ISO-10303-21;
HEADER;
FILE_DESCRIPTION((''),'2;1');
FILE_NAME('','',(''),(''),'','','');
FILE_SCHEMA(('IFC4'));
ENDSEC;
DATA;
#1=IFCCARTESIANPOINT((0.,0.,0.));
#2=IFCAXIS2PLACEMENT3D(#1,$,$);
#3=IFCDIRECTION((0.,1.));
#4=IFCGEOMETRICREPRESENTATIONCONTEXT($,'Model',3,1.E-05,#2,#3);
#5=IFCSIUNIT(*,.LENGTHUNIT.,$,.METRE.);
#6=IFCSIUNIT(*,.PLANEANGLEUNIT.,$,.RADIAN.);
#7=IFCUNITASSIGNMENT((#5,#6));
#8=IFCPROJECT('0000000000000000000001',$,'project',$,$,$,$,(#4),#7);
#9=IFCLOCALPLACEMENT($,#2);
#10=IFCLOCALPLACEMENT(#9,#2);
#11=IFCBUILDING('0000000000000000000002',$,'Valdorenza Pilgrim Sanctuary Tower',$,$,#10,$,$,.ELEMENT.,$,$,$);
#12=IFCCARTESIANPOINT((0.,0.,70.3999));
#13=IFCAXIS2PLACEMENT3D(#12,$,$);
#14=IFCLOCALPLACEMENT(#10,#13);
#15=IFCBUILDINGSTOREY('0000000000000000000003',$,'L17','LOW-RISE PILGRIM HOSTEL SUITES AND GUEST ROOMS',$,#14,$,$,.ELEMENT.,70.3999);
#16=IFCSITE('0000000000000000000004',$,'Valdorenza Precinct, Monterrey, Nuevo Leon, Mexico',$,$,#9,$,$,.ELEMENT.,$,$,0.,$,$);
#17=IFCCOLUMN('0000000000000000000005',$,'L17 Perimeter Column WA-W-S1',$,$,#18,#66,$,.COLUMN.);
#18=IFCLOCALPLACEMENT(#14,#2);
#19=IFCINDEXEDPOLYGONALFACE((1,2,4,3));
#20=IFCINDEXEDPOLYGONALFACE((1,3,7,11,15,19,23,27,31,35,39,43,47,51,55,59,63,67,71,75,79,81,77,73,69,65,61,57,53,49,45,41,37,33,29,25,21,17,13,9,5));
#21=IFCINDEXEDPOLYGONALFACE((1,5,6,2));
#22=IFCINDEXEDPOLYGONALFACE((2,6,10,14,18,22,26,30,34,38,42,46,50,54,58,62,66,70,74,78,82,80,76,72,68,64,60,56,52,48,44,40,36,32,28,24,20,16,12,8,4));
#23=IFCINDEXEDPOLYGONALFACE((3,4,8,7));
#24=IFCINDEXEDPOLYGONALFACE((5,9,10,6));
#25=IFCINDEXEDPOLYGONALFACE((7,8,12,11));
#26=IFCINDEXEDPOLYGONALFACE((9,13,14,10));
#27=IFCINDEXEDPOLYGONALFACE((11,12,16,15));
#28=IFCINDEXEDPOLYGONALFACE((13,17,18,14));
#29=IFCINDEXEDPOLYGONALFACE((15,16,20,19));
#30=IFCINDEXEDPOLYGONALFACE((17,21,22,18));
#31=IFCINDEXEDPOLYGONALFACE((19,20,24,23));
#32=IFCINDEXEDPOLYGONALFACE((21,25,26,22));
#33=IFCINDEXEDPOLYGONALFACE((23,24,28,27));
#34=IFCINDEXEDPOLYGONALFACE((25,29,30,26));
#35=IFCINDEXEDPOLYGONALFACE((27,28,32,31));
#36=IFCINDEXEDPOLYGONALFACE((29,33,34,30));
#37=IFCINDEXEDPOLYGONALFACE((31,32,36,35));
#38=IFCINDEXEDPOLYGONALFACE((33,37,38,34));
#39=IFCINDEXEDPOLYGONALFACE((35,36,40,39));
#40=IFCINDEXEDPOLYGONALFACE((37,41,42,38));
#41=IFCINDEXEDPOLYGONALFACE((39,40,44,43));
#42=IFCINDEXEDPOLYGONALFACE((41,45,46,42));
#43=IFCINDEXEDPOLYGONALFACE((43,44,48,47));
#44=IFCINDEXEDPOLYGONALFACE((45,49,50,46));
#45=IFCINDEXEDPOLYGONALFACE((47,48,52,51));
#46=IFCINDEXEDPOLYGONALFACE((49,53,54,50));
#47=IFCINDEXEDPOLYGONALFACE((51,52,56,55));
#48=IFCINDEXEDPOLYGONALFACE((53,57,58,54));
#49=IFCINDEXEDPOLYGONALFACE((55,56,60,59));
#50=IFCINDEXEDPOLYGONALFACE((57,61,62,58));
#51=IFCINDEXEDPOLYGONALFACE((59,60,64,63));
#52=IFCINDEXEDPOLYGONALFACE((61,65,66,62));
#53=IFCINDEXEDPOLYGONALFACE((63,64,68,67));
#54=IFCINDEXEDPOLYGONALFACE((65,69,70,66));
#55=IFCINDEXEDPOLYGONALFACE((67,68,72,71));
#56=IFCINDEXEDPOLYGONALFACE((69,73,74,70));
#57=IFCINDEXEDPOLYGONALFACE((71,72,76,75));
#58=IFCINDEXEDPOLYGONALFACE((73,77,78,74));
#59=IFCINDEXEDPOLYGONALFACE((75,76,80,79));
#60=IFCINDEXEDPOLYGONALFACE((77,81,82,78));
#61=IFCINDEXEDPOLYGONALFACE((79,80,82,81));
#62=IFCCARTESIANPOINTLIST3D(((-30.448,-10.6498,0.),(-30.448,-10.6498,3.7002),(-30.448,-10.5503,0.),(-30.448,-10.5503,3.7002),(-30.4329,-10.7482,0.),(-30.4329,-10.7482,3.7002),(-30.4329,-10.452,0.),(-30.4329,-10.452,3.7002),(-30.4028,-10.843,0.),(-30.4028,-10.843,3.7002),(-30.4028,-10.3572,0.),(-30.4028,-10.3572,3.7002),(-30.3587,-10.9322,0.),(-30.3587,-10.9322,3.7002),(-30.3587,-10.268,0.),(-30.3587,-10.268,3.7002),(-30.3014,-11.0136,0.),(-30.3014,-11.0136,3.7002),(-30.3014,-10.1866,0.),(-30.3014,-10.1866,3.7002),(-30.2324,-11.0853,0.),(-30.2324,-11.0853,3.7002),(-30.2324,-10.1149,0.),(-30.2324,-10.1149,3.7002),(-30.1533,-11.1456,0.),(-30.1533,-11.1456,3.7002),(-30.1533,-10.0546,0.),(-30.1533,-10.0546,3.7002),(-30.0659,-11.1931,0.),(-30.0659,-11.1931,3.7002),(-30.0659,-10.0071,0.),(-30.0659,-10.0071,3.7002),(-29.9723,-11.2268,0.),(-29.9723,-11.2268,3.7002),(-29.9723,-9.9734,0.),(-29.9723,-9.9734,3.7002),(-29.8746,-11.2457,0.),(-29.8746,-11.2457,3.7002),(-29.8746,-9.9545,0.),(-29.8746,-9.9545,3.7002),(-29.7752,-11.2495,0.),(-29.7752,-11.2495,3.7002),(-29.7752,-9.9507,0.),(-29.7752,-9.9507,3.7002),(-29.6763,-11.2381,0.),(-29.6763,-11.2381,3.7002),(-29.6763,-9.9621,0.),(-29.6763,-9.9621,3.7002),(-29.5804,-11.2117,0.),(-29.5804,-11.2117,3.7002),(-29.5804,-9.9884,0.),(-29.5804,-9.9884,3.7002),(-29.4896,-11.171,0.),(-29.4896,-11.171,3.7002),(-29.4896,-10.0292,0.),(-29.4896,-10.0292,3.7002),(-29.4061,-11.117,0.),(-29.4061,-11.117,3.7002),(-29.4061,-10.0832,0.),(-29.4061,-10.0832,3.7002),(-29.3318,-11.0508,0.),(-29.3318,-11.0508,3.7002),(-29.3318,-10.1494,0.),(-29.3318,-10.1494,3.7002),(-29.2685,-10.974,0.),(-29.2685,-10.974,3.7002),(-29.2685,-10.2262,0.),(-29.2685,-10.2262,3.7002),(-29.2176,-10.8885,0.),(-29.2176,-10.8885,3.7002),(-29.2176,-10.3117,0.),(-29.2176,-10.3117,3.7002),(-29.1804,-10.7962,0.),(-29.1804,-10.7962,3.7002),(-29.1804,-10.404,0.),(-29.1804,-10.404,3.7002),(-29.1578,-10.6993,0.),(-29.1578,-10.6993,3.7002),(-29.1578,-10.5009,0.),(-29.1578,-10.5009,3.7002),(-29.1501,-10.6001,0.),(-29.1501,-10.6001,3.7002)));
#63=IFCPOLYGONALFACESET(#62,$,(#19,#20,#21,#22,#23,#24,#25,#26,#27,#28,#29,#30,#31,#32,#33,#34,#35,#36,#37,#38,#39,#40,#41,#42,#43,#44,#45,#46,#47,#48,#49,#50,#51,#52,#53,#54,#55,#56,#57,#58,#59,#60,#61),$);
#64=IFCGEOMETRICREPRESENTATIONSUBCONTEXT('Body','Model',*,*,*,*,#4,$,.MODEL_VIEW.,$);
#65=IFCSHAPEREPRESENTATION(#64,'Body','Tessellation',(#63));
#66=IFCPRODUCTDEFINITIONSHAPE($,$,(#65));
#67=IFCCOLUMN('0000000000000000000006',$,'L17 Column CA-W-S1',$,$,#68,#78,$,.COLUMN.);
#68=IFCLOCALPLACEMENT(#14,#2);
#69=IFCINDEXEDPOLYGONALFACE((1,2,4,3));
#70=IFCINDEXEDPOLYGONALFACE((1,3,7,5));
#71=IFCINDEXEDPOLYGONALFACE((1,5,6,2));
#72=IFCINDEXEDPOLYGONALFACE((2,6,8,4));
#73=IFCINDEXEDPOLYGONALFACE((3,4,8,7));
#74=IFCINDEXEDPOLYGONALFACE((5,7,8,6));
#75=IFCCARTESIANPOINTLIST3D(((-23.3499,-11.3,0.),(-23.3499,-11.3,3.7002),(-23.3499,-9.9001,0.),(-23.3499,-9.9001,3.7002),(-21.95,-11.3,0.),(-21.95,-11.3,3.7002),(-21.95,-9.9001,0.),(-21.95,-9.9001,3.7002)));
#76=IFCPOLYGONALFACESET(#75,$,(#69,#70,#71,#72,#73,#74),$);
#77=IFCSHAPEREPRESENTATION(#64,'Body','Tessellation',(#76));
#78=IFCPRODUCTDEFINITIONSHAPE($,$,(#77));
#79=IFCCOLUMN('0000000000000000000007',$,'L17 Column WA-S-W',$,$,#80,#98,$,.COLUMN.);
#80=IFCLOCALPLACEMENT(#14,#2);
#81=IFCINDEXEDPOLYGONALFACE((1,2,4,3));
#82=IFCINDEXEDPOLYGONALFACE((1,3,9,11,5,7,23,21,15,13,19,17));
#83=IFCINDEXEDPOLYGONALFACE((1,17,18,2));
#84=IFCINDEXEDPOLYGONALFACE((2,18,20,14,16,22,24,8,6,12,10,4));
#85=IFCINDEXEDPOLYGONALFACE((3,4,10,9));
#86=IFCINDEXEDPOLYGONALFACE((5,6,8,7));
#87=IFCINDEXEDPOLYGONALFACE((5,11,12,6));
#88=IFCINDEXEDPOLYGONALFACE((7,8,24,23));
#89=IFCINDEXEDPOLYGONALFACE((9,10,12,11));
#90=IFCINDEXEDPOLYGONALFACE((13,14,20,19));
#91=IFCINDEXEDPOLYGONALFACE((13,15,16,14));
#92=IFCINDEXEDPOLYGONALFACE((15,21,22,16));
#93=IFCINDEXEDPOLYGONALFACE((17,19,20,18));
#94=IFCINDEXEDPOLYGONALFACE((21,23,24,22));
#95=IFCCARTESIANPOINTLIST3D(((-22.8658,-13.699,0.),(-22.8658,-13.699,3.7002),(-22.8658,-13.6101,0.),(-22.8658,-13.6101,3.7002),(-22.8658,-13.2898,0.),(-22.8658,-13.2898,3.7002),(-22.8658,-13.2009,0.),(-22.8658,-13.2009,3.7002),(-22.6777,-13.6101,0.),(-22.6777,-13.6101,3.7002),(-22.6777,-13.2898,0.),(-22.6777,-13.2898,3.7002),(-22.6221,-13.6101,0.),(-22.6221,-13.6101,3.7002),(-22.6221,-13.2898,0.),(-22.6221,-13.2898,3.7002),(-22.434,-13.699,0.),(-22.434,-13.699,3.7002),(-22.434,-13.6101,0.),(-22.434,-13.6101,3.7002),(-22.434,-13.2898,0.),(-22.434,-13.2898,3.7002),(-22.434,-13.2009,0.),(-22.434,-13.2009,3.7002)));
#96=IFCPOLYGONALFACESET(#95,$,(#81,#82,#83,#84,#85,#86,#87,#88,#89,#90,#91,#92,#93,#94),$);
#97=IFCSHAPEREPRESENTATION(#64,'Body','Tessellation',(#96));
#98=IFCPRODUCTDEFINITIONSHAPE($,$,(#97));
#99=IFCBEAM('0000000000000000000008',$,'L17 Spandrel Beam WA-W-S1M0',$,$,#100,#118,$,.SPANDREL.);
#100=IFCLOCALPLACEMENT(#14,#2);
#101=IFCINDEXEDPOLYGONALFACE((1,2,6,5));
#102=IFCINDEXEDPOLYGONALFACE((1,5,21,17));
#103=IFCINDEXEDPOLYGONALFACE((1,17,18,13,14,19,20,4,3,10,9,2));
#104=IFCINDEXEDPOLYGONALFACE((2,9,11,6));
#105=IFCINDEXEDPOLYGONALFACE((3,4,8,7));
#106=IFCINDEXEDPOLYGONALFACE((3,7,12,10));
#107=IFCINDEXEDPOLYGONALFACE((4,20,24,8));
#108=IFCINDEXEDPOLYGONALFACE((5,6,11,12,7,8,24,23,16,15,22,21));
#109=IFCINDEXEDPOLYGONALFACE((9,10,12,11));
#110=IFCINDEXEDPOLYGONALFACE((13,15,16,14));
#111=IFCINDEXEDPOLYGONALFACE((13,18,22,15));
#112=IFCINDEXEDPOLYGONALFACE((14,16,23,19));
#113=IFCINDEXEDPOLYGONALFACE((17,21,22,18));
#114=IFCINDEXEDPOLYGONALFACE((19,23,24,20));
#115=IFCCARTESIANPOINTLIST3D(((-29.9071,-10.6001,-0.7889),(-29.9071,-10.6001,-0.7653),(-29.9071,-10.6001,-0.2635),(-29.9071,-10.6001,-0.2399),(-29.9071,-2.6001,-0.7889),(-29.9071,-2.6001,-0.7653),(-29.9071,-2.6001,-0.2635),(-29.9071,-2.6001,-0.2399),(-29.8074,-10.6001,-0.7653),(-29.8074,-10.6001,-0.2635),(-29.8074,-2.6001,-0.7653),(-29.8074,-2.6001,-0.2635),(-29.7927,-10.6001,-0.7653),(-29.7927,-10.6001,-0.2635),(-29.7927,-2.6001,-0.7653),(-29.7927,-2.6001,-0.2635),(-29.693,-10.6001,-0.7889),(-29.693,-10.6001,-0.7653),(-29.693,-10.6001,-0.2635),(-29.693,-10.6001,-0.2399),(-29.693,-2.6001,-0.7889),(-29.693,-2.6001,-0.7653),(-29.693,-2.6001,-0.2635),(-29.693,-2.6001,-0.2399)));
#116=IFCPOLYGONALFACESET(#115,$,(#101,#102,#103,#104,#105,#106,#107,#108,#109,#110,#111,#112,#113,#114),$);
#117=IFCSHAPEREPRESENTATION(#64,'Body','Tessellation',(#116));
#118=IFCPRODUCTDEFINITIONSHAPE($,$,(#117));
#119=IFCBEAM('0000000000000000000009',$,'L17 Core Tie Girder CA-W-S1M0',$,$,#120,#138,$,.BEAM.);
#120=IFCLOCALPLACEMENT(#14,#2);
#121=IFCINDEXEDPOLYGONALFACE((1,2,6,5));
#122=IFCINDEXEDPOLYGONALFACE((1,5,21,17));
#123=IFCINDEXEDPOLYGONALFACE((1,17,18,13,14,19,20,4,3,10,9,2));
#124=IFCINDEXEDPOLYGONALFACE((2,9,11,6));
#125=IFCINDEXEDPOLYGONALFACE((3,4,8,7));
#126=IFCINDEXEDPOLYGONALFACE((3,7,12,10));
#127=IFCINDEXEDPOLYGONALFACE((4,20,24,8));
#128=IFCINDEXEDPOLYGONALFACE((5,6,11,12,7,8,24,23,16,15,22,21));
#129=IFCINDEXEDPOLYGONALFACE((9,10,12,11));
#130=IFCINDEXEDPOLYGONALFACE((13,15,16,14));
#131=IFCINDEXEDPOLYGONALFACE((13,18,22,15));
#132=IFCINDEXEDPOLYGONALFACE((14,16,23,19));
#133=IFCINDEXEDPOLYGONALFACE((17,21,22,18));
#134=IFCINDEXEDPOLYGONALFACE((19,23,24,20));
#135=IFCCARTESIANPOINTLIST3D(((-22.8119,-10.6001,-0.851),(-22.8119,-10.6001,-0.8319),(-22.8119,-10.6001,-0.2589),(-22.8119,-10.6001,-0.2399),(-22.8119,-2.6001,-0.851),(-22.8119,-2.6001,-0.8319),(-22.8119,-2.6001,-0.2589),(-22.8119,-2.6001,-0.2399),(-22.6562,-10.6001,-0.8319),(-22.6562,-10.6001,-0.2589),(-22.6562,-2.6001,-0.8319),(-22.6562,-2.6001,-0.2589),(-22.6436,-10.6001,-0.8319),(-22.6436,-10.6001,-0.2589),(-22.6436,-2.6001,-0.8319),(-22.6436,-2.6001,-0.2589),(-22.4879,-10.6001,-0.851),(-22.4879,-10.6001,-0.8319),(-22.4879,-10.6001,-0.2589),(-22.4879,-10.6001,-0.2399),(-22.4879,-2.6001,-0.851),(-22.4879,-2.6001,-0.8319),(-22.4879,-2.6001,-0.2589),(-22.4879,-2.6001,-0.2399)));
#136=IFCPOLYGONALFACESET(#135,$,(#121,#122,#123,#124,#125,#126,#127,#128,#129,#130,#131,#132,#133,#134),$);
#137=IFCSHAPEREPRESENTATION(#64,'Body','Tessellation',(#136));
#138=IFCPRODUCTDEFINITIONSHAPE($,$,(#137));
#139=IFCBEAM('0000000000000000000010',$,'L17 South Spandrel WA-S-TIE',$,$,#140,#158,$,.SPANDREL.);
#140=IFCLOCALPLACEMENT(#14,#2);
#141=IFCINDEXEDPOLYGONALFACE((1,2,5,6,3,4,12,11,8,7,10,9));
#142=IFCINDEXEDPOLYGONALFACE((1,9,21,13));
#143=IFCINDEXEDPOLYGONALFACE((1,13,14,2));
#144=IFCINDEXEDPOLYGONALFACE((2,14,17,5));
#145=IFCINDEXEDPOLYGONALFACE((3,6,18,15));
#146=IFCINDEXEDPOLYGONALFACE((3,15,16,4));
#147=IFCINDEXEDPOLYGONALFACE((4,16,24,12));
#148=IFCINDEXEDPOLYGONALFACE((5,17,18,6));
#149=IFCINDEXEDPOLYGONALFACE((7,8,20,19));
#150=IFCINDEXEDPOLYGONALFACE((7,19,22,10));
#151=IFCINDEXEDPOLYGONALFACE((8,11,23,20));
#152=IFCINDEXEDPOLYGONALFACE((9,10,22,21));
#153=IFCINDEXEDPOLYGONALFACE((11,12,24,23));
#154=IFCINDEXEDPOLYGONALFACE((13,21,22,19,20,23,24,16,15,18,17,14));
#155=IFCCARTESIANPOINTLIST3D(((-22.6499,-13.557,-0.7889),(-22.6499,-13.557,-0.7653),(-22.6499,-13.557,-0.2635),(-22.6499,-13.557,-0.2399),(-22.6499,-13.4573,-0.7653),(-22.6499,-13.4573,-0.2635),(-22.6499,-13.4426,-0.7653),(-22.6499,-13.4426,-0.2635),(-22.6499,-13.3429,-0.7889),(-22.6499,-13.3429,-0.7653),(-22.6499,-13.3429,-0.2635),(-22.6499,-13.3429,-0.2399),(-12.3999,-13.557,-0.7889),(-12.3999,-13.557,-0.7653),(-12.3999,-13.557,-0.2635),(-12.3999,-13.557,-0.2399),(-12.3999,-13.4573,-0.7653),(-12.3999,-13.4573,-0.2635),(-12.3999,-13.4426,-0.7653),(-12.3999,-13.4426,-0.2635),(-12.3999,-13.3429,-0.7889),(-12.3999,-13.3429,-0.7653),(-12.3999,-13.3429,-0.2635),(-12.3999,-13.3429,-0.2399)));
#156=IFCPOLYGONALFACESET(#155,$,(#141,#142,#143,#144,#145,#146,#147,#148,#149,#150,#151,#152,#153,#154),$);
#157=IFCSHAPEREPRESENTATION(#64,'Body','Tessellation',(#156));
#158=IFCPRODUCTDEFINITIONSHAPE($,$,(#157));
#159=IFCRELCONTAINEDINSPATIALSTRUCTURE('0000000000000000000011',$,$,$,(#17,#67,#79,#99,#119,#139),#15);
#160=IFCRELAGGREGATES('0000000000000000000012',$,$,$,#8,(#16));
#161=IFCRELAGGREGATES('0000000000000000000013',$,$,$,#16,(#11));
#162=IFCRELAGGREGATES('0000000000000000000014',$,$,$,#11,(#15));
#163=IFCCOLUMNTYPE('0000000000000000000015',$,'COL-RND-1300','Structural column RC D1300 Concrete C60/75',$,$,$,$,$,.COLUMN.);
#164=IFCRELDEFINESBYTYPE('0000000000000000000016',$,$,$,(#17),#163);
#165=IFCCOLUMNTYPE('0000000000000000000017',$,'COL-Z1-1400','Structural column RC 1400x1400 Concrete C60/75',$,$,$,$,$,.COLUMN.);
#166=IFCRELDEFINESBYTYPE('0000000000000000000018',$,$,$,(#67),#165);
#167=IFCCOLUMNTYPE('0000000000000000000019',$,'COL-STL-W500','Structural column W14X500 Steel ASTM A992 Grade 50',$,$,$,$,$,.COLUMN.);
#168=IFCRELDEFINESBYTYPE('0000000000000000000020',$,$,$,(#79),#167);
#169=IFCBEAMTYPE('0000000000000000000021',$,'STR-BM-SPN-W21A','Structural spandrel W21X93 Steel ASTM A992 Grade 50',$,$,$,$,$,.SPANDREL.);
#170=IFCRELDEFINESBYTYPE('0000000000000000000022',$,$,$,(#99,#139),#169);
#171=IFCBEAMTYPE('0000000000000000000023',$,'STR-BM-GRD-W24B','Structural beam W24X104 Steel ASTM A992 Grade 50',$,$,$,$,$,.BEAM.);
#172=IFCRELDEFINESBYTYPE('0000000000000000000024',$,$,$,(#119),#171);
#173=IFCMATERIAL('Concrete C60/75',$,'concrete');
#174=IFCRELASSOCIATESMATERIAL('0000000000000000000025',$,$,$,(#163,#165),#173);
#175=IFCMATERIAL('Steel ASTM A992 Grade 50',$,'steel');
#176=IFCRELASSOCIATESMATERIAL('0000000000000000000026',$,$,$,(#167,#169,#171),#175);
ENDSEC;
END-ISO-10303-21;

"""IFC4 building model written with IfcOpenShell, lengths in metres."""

from ifc_helpers import new_model, si_unit, direction, frame, origin, origin_2d, place, context, subcontext, project, spatial, rectangle, circle, i_section, extrude, source, transform, mapped, material, material_profile, profile_set, type_object, element, save


model = new_model("IFC4")

# Units and contexts
model_context = context("Model", 3, precision=1e-05, world=origin(), true_north=direction((0.0, 1.0)))
body_context = subcontext(model_context, "Body", "Model", "MODEL_VIEW")
ifc_project = project(units=[si_unit("LENGTHUNIT", "METRE"), si_unit("PLANEANGLEUNIT", "RADIAN")], contexts=[model_context])

# Site, building, storey
site_placement = place(None, origin())
site = spatial("IfcSite", under=ifc_project, at=site_placement, Name="Valdorenza Precinct, Monterrey, Nuevo Leon, Mexico", CompositionType="ELEMENT", RefElevation=0.0)
building_placement = place(site_placement, origin())
building = spatial("IfcBuilding", under=site, at=building_placement, Name="Valdorenza Pilgrim Sanctuary Tower", CompositionType="ELEMENT")
storey_placement = place(building_placement, frame((0.0, 0.0, 70.3999)))
storey = spatial("IfcBuildingStorey", under=building, at=storey_placement, Name="L17", Description="LOW-RISE PILGRIM HOSTEL SUITES AND GUEST ROOMS", CompositionType="ELEMENT", Elevation=70.3999)

# Columns
ifc_material_1 = material(Name="Concrete C60/75", Category="concrete")
ifc_material_profile_1 = material_profile(ifc_material_1, circle(Radius=0.6499, at=origin_2d()), Name="RC D1300")
ifc_profile_set_1 = profile_set([ifc_material_profile_1], Name="Concrete C60/75")
column_type_1 = type_object("IfcColumnType", Name="COL-RND-1300", Description="Structural column RC D1300 Concrete C60/75", PredefinedType="COLUMN", material=ifc_profile_set_1)
shared_shape_1 = source(origin(), body_context, "Body", "SweptSolid", [
    extrude(circle(Radius=0.6499, at=origin_2d()), origin(), (0.0, 0.0, 1.0), 3.7002),
])
column_1_placement = place(storey_placement, frame((-29.8, -10.6001, 0.0), z_axis=(0.0, 0.0, 1.0), x_axis=(1.0, 0.0, 0.0)))
element("IfcColumn", 1, at=column_1_placement, inside=storey, type_object=column_type_1, Name="L17 Perimeter Column WA-W-S1", PredefinedType="COLUMN", context=body_context, shape_type="MappedRepresentation", body=[
    mapped(shared_shape_1, transform((0.0, 0.0, 0.0), x_axis=(1.0, 0.0, 0.0), y_axis=(0.0, 1.0, 0.0), z_axis=(0.0, 0.0, 1.0), scale=1.0)),
])
ifc_material_profile_2 = material_profile(ifc_material_1, rectangle(XDim=1.3999, YDim=1.3999, at=origin_2d()), Name="RC 1400x1400")
ifc_profile_set_2 = profile_set([ifc_material_profile_2], Name="Concrete C60/75")
column_type_2 = type_object("IfcColumnType", Name="COL-Z1-1400", Description="Structural column RC 1400x1400 Concrete C60/75", PredefinedType="COLUMN", material=ifc_profile_set_2)
shared_shape_2 = source(origin(), body_context, "Body", "SweptSolid", [
    extrude(rectangle(XDim=1.3999, YDim=1.3999, at=origin_2d()), origin(), (0.0, 0.0, 1.0), 3.7002),
])
column_2_placement = place(storey_placement, frame((-22.6499, -10.6001, 0.0), z_axis=(0.0, 0.0, 1.0), x_axis=(1.0, 0.0, 0.0)))
element("IfcColumn", 2, at=column_2_placement, inside=storey, type_object=column_type_2, Name="L17 Column CA-W-S1", PredefinedType="COLUMN", context=body_context, shape_type="MappedRepresentation", body=[
    mapped(shared_shape_2, transform((0.0, 0.0, 0.0), x_axis=(1.0, 0.0, 0.0), y_axis=(0.0, 1.0, 0.0), z_axis=(0.0, 0.0, 1.0), scale=1.0)),
])
ifc_material_2 = material(Name="Steel ASTM A992 Grade 50", Category="steel")
ifc_material_profile_3 = material_profile(ifc_material_2, i_section(OverallWidth=0.4319, OverallDepth=0.498, WebThickness=0.0557, FlangeThickness=0.0889, at=origin_2d()), Name="W14X500")
ifc_profile_set_3 = profile_set([ifc_material_profile_3], Name="Steel ASTM A992 Grade 50")
column_type_3 = type_object("IfcColumnType", Name="COL-STL-W500", Description="Structural column W14X500 Steel ASTM A992 Grade 50", PredefinedType="COLUMN", material=ifc_profile_set_3)
shared_shape_3 = source(origin(), body_context, "Body", "SweptSolid", [
    extrude(i_section(OverallWidth=0.4319, OverallDepth=0.498, WebThickness=0.0557, FlangeThickness=0.0889, at=origin_2d()), origin(), (0.0, 0.0, 1.0), 3.7002),
])
column_3_placement = place(storey_placement, frame((-22.6499, -13.45, 0.0), z_axis=(0.0, 0.0, 1.0), x_axis=(1.0, 0.0, 0.0)))
element("IfcColumn", 3, at=column_3_placement, inside=storey, type_object=column_type_3, Name="L17 Column WA-S-W", PredefinedType="COLUMN", context=body_context, shape_type="MappedRepresentation", body=[
    mapped(shared_shape_3, transform((0.0, 0.0, 0.0), x_axis=(1.0, 0.0, 0.0), y_axis=(0.0, 1.0, 0.0), z_axis=(0.0, 0.0, 1.0), scale=1.0)),
])

# Beams
ifc_material_profile_4 = material_profile(ifc_material_2, i_section(OverallWidth=0.2141, OverallDepth=0.5491, WebThickness=0.0146, FlangeThickness=0.0237, at=origin_2d()), Name="W21X93")
ifc_profile_set_4 = profile_set([ifc_material_profile_4], Name="Steel ASTM A992 Grade 50")
beam_type_1 = type_object("IfcBeamType", Name="STR-BM-SPN-W21A", Description="Structural spandrel W21X93 Steel ASTM A992 Grade 50", PredefinedType="SPANDREL", material=ifc_profile_set_4)
shared_shape_4 = source(origin(), body_context, "Body", "SweptSolid", [
    extrude(i_section(OverallWidth=0.2141, OverallDepth=0.5491, WebThickness=0.0146, FlangeThickness=0.0237, at=origin_2d()), origin(), (0.0, 0.0, 1.0), 8.0),
])
beam_1_placement = place(storey_placement, frame((-29.8, -10.6001, -0.5144), z_axis=(0.0, 1.0, 0.0), x_axis=(-1.0, 0.0, 0.0)))
element("IfcBeam", 4, at=beam_1_placement, inside=storey, type_object=beam_type_1, Name="L17 Spandrel Beam WA-W-S1M0", PredefinedType="SPANDREL", context=body_context, shape_type="MappedRepresentation", body=[
    mapped(shared_shape_4, transform((0.0, 0.0, 0.0), x_axis=(1.0, 0.0, 0.0), y_axis=(0.0, 1.0, 0.0), z_axis=(0.0, 0.0, 1.0), scale=1.0)),
])
ifc_material_profile_5 = material_profile(ifc_material_2, i_section(OverallWidth=0.324, OverallDepth=0.6111, WebThickness=0.0127, FlangeThickness=0.019, at=origin_2d()), Name="W24X104")
ifc_profile_set_5 = profile_set([ifc_material_profile_5], Name="Steel ASTM A992 Grade 50")
beam_type_2 = type_object("IfcBeamType", Name="STR-BM-GRD-W24B", Description="Structural beam W24X104 Steel ASTM A992 Grade 50", PredefinedType="BEAM", material=ifc_profile_set_5)
shared_shape_5 = source(origin(), body_context, "Body", "SweptSolid", [
    extrude(i_section(OverallWidth=0.324, OverallDepth=0.6111, WebThickness=0.0127, FlangeThickness=0.019, at=origin_2d()), origin(), (0.0, 0.0, 1.0), 8.0),
])
beam_2_placement = place(storey_placement, frame((-22.6499, -10.6001, -0.5454), z_axis=(0.0, 1.0, 0.0), x_axis=(-1.0, 0.0, 0.0)))
element("IfcBeam", 5, at=beam_2_placement, inside=storey, type_object=beam_type_2, Name="L17 Core Tie Girder CA-W-S1M0", PredefinedType="BEAM", context=body_context, shape_type="MappedRepresentation", body=[
    mapped(shared_shape_5, transform((0.0, 0.0, 0.0), x_axis=(1.0, 0.0, 0.0), y_axis=(0.0, 1.0, 0.0), z_axis=(0.0, 0.0, 1.0), scale=1.0)),
])
shared_shape_6 = source(origin(), body_context, "Body", "SweptSolid", [
    extrude(i_section(OverallWidth=0.2141, OverallDepth=0.5491, WebThickness=0.0146, FlangeThickness=0.0237, at=origin_2d()), origin(), (0.0, 0.0, 1.0), 10.25),
])
beam_3_placement = place(storey_placement, frame((-22.6499, -13.45, -0.5144), z_axis=(1.0, 0.0, 0.0), x_axis=(0.0, 1.0, 0.0)))
element("IfcBeam", 6, at=beam_3_placement, inside=storey, type_object=beam_type_1, Name="L17 South Spandrel WA-S-TIE", PredefinedType="SPANDREL", context=body_context, shape_type="MappedRepresentation", body=[
    mapped(shared_shape_6, transform((0.0, 0.0, 0.0), x_axis=(1.0, 0.0, 0.0), y_axis=(0.0, 1.0, 0.0), z_axis=(0.0, 0.0, 1.0), scale=1.0)),
])

save(model, "model.ifc")
